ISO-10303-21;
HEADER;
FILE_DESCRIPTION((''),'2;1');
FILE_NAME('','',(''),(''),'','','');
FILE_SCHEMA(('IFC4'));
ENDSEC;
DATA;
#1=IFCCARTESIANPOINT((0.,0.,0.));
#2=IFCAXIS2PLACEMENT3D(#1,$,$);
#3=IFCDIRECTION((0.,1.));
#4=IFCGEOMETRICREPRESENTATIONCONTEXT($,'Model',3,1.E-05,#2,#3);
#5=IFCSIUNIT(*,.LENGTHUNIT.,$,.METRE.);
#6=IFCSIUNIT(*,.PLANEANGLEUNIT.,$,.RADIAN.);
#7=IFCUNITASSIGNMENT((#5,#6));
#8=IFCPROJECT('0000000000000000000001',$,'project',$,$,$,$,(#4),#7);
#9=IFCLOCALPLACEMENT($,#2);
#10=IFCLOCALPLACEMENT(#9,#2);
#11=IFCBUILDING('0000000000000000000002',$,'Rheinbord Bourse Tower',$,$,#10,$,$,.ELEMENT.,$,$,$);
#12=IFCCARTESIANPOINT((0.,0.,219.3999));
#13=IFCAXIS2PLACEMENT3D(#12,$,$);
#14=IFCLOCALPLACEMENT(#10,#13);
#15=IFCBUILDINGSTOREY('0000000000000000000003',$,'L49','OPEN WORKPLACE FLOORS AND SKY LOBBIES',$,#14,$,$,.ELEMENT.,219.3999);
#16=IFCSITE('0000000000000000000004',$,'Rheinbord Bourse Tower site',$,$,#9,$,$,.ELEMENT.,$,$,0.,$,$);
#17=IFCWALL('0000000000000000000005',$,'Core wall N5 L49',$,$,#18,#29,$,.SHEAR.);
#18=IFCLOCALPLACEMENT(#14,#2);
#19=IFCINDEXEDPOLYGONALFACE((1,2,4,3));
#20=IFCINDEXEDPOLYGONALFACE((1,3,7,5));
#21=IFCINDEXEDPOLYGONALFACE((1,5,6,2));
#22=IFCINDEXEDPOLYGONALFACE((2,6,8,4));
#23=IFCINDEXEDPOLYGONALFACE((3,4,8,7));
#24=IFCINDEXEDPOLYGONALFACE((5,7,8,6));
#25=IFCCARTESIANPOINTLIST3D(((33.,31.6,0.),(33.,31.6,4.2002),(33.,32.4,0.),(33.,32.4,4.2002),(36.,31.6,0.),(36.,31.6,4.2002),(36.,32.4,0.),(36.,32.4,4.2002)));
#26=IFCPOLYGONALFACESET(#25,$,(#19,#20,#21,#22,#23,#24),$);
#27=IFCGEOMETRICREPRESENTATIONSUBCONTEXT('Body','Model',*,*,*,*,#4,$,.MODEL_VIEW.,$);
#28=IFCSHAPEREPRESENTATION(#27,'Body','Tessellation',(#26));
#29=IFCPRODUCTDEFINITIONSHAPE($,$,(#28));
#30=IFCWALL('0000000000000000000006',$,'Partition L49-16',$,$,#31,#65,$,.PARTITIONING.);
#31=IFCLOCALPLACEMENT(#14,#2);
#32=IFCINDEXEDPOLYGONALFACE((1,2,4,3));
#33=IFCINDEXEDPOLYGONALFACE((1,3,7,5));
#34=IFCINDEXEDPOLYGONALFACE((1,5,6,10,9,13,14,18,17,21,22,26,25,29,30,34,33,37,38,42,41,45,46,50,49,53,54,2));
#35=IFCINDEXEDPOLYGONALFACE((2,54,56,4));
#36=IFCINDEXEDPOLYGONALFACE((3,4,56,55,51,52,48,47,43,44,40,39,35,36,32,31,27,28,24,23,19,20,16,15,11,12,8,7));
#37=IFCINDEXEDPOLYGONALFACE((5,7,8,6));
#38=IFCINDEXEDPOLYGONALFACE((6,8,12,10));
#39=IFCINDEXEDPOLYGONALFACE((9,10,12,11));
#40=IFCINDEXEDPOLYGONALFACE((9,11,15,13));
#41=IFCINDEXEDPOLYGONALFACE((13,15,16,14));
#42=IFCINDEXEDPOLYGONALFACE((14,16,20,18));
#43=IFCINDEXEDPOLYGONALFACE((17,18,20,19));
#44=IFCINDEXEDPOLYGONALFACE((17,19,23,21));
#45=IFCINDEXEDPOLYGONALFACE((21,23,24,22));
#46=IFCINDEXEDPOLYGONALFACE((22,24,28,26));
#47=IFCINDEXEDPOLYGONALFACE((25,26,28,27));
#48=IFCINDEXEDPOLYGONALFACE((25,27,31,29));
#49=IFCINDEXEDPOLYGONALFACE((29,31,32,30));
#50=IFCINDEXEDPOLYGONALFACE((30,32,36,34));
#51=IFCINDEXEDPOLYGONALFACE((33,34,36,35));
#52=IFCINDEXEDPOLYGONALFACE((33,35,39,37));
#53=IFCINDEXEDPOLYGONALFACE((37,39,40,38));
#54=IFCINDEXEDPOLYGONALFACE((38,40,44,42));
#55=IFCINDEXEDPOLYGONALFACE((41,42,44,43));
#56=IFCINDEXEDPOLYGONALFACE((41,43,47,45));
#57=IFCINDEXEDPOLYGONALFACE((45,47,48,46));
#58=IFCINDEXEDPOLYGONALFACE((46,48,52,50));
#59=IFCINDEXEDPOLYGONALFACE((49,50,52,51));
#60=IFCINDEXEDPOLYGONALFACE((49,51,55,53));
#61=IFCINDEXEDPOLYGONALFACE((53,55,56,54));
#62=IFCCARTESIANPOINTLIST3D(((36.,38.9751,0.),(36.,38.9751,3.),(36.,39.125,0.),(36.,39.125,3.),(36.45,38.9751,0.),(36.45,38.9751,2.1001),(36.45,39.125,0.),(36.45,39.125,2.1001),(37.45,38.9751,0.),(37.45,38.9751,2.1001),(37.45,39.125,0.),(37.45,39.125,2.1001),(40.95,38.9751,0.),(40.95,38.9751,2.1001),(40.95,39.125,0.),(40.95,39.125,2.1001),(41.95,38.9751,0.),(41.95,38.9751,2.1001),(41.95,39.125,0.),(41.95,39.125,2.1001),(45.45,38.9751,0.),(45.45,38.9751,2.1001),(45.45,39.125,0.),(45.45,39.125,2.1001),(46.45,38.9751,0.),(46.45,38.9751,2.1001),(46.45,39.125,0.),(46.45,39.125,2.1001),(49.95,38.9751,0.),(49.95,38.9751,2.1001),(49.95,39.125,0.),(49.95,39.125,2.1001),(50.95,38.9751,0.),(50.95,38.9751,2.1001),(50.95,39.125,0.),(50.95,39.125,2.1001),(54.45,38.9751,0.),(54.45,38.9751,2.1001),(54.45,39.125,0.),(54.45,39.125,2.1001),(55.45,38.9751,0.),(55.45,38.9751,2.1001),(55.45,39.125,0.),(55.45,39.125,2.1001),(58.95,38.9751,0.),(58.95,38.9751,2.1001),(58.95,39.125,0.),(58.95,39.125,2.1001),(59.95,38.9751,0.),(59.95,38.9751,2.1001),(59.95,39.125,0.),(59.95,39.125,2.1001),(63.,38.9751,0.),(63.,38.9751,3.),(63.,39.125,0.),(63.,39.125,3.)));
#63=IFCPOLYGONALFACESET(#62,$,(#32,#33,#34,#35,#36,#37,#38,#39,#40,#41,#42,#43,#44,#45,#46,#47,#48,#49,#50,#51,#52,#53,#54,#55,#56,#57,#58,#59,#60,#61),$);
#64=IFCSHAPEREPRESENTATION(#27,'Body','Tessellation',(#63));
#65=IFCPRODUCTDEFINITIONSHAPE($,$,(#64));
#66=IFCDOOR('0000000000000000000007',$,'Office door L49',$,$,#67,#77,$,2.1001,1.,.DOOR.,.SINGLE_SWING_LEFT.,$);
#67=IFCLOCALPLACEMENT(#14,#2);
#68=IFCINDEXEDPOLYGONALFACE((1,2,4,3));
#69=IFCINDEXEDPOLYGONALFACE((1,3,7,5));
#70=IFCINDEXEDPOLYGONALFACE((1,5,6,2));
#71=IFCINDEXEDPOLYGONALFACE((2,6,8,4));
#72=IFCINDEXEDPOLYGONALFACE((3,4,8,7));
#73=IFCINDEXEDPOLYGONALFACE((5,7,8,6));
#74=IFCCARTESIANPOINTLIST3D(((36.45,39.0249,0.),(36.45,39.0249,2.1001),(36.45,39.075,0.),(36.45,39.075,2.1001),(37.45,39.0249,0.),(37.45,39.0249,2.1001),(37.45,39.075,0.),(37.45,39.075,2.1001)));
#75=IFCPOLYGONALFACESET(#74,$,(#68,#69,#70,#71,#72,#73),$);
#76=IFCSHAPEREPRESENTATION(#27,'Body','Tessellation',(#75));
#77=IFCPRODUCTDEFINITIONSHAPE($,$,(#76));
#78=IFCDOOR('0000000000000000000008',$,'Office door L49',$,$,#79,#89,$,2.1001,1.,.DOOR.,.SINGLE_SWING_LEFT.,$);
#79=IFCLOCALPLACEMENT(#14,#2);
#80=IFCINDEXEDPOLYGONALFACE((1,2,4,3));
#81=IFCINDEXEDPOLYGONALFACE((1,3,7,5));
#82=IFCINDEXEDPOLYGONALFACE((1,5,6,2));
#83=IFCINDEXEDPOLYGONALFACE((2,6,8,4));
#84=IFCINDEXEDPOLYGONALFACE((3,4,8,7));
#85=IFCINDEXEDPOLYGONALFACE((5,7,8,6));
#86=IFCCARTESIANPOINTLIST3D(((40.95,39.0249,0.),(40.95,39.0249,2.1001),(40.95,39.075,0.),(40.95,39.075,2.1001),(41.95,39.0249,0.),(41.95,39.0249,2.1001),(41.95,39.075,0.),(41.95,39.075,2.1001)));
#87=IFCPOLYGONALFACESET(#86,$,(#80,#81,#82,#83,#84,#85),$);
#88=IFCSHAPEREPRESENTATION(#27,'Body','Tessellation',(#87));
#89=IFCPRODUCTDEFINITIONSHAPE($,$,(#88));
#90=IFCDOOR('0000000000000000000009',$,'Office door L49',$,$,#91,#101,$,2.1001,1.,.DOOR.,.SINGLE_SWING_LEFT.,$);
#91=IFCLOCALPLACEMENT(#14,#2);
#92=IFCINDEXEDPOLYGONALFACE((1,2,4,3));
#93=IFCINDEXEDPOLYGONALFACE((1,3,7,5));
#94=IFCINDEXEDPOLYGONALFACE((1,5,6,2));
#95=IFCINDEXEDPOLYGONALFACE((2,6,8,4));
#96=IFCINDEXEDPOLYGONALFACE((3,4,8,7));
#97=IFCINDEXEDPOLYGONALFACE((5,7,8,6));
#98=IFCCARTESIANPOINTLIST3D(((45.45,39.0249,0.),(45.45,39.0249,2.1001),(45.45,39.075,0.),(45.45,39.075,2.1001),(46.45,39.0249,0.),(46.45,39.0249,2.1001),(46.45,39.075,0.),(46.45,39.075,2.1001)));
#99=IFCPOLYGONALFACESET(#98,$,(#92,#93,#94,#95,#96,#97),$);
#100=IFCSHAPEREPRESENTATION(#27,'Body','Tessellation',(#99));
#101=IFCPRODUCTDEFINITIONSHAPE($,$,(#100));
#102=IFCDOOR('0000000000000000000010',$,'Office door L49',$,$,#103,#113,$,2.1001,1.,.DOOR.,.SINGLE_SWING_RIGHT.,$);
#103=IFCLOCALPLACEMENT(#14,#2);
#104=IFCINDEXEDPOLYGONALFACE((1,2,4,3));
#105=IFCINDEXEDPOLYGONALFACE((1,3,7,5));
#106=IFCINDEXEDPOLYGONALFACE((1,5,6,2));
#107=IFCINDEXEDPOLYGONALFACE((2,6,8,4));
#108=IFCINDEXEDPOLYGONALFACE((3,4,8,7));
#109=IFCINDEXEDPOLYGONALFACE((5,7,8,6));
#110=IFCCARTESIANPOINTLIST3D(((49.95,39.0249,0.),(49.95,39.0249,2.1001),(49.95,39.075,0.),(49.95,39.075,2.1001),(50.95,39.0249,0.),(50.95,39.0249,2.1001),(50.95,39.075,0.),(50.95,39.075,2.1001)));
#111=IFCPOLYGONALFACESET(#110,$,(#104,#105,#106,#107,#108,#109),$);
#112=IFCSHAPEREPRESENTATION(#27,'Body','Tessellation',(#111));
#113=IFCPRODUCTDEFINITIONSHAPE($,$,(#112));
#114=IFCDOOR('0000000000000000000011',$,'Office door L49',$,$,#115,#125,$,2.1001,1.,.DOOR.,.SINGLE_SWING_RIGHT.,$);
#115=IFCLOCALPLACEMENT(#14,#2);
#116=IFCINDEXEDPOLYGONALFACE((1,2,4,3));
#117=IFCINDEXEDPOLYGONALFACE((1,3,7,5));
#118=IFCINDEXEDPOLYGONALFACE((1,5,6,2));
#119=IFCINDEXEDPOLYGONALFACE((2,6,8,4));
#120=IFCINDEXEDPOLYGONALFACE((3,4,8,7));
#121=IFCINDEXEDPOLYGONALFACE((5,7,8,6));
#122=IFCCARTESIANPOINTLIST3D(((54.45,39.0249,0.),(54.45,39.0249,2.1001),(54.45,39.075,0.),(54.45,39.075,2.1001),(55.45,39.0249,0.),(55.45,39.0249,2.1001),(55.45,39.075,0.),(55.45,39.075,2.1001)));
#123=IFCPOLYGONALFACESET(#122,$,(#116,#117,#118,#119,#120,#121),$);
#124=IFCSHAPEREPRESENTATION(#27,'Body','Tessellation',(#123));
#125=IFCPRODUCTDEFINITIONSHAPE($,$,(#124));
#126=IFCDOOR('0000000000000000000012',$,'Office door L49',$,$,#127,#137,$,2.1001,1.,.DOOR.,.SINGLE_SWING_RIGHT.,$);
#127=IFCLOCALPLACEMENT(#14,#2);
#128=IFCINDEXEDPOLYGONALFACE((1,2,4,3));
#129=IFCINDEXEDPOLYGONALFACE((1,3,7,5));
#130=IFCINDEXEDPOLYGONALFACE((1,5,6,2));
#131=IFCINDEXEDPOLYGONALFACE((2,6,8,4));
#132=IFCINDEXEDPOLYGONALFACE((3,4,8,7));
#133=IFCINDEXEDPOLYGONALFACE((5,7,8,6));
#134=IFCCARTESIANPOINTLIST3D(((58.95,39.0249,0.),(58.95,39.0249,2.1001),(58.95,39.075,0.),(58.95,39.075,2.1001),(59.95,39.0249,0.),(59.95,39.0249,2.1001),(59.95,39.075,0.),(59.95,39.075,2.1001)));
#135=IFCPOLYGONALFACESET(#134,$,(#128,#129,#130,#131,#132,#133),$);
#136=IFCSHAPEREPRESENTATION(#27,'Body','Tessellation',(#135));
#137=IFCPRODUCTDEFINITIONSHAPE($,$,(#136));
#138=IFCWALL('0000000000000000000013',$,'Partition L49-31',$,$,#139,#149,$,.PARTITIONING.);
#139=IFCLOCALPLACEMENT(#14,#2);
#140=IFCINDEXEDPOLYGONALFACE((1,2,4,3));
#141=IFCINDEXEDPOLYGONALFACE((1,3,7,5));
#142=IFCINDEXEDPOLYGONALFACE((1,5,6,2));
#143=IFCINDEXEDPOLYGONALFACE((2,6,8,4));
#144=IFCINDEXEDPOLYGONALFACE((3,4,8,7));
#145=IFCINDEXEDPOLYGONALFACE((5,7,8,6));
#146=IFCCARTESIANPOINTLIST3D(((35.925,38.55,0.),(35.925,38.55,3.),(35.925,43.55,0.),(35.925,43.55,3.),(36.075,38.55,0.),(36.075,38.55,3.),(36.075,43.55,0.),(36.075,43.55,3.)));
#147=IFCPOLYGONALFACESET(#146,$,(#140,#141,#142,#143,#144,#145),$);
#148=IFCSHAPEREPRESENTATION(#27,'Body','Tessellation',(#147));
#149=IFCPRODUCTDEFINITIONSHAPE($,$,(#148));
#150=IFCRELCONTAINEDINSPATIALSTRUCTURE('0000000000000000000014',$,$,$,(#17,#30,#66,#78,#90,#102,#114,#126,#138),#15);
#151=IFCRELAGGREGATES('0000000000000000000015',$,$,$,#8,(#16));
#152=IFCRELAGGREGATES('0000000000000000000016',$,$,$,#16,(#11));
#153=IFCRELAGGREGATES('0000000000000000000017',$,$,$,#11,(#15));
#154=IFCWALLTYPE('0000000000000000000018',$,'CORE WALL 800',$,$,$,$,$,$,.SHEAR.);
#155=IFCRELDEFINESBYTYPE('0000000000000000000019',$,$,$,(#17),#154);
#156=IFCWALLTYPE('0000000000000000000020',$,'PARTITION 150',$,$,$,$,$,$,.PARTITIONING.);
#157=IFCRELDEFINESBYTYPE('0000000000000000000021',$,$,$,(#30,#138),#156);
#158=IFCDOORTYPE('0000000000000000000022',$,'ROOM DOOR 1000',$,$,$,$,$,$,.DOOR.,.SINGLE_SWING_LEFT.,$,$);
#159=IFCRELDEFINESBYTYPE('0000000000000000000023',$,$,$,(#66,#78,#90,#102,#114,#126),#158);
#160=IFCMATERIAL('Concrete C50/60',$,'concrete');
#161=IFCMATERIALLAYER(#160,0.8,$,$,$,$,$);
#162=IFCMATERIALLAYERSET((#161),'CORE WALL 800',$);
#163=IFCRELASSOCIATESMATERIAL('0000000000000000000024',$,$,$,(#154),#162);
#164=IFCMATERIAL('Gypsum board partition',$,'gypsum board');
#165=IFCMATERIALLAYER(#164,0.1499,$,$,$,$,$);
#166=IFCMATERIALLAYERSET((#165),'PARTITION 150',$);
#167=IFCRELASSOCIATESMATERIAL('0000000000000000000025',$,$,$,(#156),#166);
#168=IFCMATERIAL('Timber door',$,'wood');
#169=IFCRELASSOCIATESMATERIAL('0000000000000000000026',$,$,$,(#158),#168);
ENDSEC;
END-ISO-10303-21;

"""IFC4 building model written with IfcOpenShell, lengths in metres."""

from ifc_helpers import new_model, si_unit, direction, frame, frame_2d, origin, place, context, subcontext, project, spatial, rectangle, extrude, material, layer, layer_set, type_object, element, fill, save


model = new_model("IFC4")

# Units and contexts
model_context = context("Model", 3, precision=1e-05, world=origin(), true_north=direction((0.0, 1.0)))
body_context = subcontext(model_context, "Body", "Model", "MODEL_VIEW")
ifc_project = project(units=[si_unit("LENGTHUNIT", "METRE"), si_unit("PLANEANGLEUNIT", "RADIAN")], contexts=[model_context])

# Site, building, storey
site_placement = place(None, origin())
site = spatial("IfcSite", under=ifc_project, at=site_placement, Name="Rheinbord Bourse Tower site", CompositionType="ELEMENT", RefElevation=0.0)
building_placement = place(site_placement, origin())
building = spatial("IfcBuilding", under=site, at=building_placement, Name="Rheinbord Bourse Tower", CompositionType="ELEMENT")
storey_placement = place(building_placement, frame((0.0, 0.0, 219.3999)))
storey = spatial("IfcBuildingStorey", under=building, at=storey_placement, Name="L49", Description="OPEN WORKPLACE FLOORS AND SKY LOBBIES", CompositionType="ELEMENT", Elevation=219.3999)

# Wall
ifc_material_1 = material(Name="Concrete C50/60", Category="concrete")
ifc_layer_1 = layer(ifc_material_1, 0.8)
ifc_layer_set_1 = layer_set([ifc_layer_1], Name="CORE WALL 800")
wall_type_1 = type_object("IfcWallType", Name="CORE WALL 800", PredefinedType="SHEAR", material=ifc_layer_set_1)
for number, where, z_axis, x_axis, name in (
    (1, (36.0, 32.0, 0.0), (0.0, 0.0, 1.0), (-1.0, 0.0, 0.0), "Core wall N5 L49"),
):
    element("IfcWall", number, at=place(storey_placement, frame(where, z_axis=z_axis, x_axis=x_axis)), inside=storey, type_object=wall_type_1, Name=name, PredefinedType="SHEAR", context=body_context, shape_type="SweptSolid", body=[
        extrude(rectangle(XDim=3.0, YDim=0.8, at=frame_2d((1.5, 0.0))), origin(), (0.0, 0.0, 1.0), 4.2002),
    ])

# Wall, openings, doors
ifc_material_2 = material(Name="Gypsum board partition", Category="gypsum board")
ifc_layer_2 = layer(ifc_material_2, 0.1499)
ifc_layer_set_2 = layer_set([ifc_layer_2], Name="PARTITION 150")
wall_type_2 = type_object("IfcWallType", Name="PARTITION 150", PredefinedType="PARTITIONING", material=ifc_layer_set_2)
wall_1_placement = place(storey_placement, frame((36.0, 39.05, 0.0), z_axis=(0.0, 0.0, 1.0), x_axis=(1.0, 0.0, 0.0)))
wall_1 = element("IfcWall", 2, at=wall_1_placement, inside=storey, type_object=wall_type_2, Name="Partition L49-16", PredefinedType="PARTITIONING", context=body_context, shape_type="SweptSolid", body=[
    extrude(rectangle(XDim=27.0, YDim=0.1499, at=frame_2d((13.5, 0.0))), origin(), (0.0, 0.0, 1.0), 3.0),
])
opening_1_placement = place(wall_1_placement, frame((0.45, 0.0, 0.0)))
opening_1 = element("IfcOpeningElement", 3, at=opening_1_placement, cuts=wall_1, PredefinedType="OPENING", context=body_context, shape_type="SweptSolid", body=[
    extrude(rectangle(XDim=1.0, YDim=2.1001, at=frame_2d((0.5, 1.05))), frame((0.0, 0.085, 0.0), z_axis=(0.0, -1.0, 0.0), x_axis=(1.0, 0.0, 0.0)), (0.0, 0.0, 1.0), 0.1699),
])
opening_2_placement = place(wall_1_placement, frame((4.95, 0.0, 0.0)))
opening_2 = element("IfcOpeningElement", 4, at=opening_2_placement, cuts=wall_1, PredefinedType="OPENING", context=body_context, shape_type="SweptSolid", body=[
    extrude(rectangle(XDim=1.0, YDim=2.1001, at=frame_2d((0.5, 1.05))), frame((0.0, 0.085, 0.0), z_axis=(0.0, -1.0, 0.0), x_axis=(1.0, 0.0, 0.0)), (0.0, 0.0, 1.0), 0.1699),
])
opening_3_placement = place(wall_1_placement, frame((9.45, 0.0, 0.0)))
opening_3 = element("IfcOpeningElement", 5, at=opening_3_placement, cuts=wall_1, PredefinedType="OPENING", context=body_context, shape_type="SweptSolid", body=[
    extrude(rectangle(XDim=1.0, YDim=2.1001, at=frame_2d((0.5, 1.05))), frame((0.0, 0.085, 0.0), z_axis=(0.0, -1.0, 0.0), x_axis=(1.0, 0.0, 0.0)), (0.0, 0.0, 1.0), 0.1699),
])
opening_4_placement = place(wall_1_placement, frame((13.95, 0.0, 0.0)))
opening_4 = element("IfcOpeningElement", 6, at=opening_4_placement, cuts=wall_1, PredefinedType="OPENING", context=body_context, shape_type="SweptSolid", body=[
    extrude(rectangle(XDim=1.0, YDim=2.1001, at=frame_2d((0.5, 1.05))), frame((0.0, 0.085, 0.0), z_axis=(0.0, -1.0, 0.0), x_axis=(1.0, 0.0, 0.0)), (0.0, 0.0, 1.0), 0.1699),
])
opening_5_placement = place(wall_1_placement, frame((18.45, 0.0, 0.0)))
opening_5 = element("IfcOpeningElement", 7, at=opening_5_placement, cuts=wall_1, PredefinedType="OPENING", context=body_context, shape_type="SweptSolid", body=[
    extrude(rectangle(XDim=1.0, YDim=2.1001, at=frame_2d((0.5, 1.05))), frame((0.0, 0.085, 0.0), z_axis=(0.0, -1.0, 0.0), x_axis=(1.0, 0.0, 0.0)), (0.0, 0.0, 1.0), 0.1699),
])
opening_6_placement = place(wall_1_placement, frame((22.95, 0.0, 0.0)))
opening_6 = element("IfcOpeningElement", 8, at=opening_6_placement, cuts=wall_1, PredefinedType="OPENING", context=body_context, shape_type="SweptSolid", body=[
    extrude(rectangle(XDim=1.0, YDim=2.1001, at=frame_2d((0.5, 1.05))), frame((0.0, 0.085, 0.0), z_axis=(0.0, -1.0, 0.0), x_axis=(1.0, 0.0, 0.0)), (0.0, 0.0, 1.0), 0.1699),
])
ifc_material_3 = material(Name="Timber door", Category="wood")
door_type_1 = type_object("IfcDoorType", Name="ROOM DOOR 1000", OperationType="SINGLE_SWING_LEFT", PredefinedType="DOOR", material=ifc_material_3)
door_1_placement = place(opening_1_placement, origin())
door_1 = element("IfcDoor", 9, at=door_1_placement, inside=storey, type_object=door_type_1, Name="Office door L49", OperationType="SINGLE_SWING_LEFT", OverallHeight=2.1001, OverallWidth=1.0, PredefinedType="DOOR", context=body_context, shape_type="SweptSolid", body=[
    extrude(rectangle(XDim=1.0, YDim=2.1001, at=frame_2d((0.5, 1.05))), frame((0.0, 0.0249, 0.0), z_axis=(0.0, -1.0, 0.0), x_axis=(1.0, 0.0, 0.0)), (0.0, 0.0, 1.0), 0.05),
])
fill(opening_1, door_1)
door_2_placement = place(opening_2_placement, origin())
door_2 = element("IfcDoor", 10, at=door_2_placement, inside=storey, type_object=door_type_1, Name="Office door L49", OperationType="SINGLE_SWING_LEFT", OverallHeight=2.1001, OverallWidth=1.0, PredefinedType="DOOR", context=body_context, shape_type="SweptSolid", body=[
    extrude(rectangle(XDim=1.0, YDim=2.1001, at=frame_2d((0.5, 1.05))), frame((0.0, 0.0249, 0.0), z_axis=(0.0, -1.0, 0.0), x_axis=(1.0, 0.0, 0.0)), (0.0, 0.0, 1.0), 0.05),
])
fill(opening_2, door_2)
door_3_placement = place(opening_3_placement, origin())
door_3 = element("IfcDoor", 11, at=door_3_placement, inside=storey, type_object=door_type_1, Name="Office door L49", OperationType="SINGLE_SWING_LEFT", OverallHeight=2.1001, OverallWidth=1.0, PredefinedType="DOOR", context=body_context, shape_type="SweptSolid", body=[
    extrude(rectangle(XDim=1.0, YDim=2.1001, at=frame_2d((0.5, 1.05))), frame((0.0, 0.0249, 0.0), z_axis=(0.0, -1.0, 0.0), x_axis=(1.0, 0.0, 0.0)), (0.0, 0.0, 1.0), 0.05),
])
fill(opening_3, door_3)
door_4_placement = place(opening_4_placement, origin())
door_4 = element("IfcDoor", 12, at=door_4_placement, inside=storey, type_object=door_type_1, Name="Office door L49", OperationType="SINGLE_SWING_RIGHT", OverallHeight=2.1001, OverallWidth=1.0, PredefinedType="DOOR", context=body_context, shape_type="SweptSolid", body=[
    extrude(rectangle(XDim=1.0, YDim=2.1001, at=frame_2d((0.5, 1.05))), frame((0.0, 0.0249, 0.0), z_axis=(0.0, -1.0, 0.0), x_axis=(1.0, 0.0, 0.0)), (0.0, 0.0, 1.0), 0.05),
])
fill(opening_4, door_4)
door_5_placement = place(opening_5_placement, origin())
door_5 = element("IfcDoor", 13, at=door_5_placement, inside=storey, type_object=door_type_1, Name="Office door L49", OperationType="SINGLE_SWING_RIGHT", OverallHeight=2.1001, OverallWidth=1.0, PredefinedType="DOOR", context=body_context, shape_type="SweptSolid", body=[
    extrude(rectangle(XDim=1.0, YDim=2.1001, at=frame_2d((0.5, 1.05))), frame((0.0, 0.0249, 0.0), z_axis=(0.0, -1.0, 0.0), x_axis=(1.0, 0.0, 0.0)), (0.0, 0.0, 1.0), 0.05),
])
fill(opening_5, door_5)
door_6_placement = place(opening_6_placement, origin())
door_6 = element("IfcDoor", 14, at=door_6_placement, inside=storey, type_object=door_type_1, Name="Office door L49", OperationType="SINGLE_SWING_RIGHT", OverallHeight=2.1001, OverallWidth=1.0, PredefinedType="DOOR", context=body_context, shape_type="SweptSolid", body=[
    extrude(rectangle(XDim=1.0, YDim=2.1001, at=frame_2d((0.5, 1.05))), frame((0.0, 0.0249, 0.0), z_axis=(0.0, -1.0, 0.0), x_axis=(1.0, 0.0, 0.0)), (0.0, 0.0, 1.0), 0.05),
])
fill(opening_6, door_6)

# Wall
wall_2_placement = place(storey_placement, frame((36.0, 38.55, 0.0), z_axis=(0.0, 0.0, 1.0), x_axis=(0.0, 1.0, 0.0)))
element("IfcWall", 15, at=wall_2_placement, inside=storey, type_object=wall_type_2, Name="Partition L49-31", PredefinedType="PARTITIONING", context=body_context, shape_type="SweptSolid", body=[
    extrude(rectangle(XDim=5.0, YDim=0.1499, at=frame_2d((2.5, 0.0))), origin(), (0.0, 0.0, 1.0), 3.0),
])

save(model, "model.ifc")
